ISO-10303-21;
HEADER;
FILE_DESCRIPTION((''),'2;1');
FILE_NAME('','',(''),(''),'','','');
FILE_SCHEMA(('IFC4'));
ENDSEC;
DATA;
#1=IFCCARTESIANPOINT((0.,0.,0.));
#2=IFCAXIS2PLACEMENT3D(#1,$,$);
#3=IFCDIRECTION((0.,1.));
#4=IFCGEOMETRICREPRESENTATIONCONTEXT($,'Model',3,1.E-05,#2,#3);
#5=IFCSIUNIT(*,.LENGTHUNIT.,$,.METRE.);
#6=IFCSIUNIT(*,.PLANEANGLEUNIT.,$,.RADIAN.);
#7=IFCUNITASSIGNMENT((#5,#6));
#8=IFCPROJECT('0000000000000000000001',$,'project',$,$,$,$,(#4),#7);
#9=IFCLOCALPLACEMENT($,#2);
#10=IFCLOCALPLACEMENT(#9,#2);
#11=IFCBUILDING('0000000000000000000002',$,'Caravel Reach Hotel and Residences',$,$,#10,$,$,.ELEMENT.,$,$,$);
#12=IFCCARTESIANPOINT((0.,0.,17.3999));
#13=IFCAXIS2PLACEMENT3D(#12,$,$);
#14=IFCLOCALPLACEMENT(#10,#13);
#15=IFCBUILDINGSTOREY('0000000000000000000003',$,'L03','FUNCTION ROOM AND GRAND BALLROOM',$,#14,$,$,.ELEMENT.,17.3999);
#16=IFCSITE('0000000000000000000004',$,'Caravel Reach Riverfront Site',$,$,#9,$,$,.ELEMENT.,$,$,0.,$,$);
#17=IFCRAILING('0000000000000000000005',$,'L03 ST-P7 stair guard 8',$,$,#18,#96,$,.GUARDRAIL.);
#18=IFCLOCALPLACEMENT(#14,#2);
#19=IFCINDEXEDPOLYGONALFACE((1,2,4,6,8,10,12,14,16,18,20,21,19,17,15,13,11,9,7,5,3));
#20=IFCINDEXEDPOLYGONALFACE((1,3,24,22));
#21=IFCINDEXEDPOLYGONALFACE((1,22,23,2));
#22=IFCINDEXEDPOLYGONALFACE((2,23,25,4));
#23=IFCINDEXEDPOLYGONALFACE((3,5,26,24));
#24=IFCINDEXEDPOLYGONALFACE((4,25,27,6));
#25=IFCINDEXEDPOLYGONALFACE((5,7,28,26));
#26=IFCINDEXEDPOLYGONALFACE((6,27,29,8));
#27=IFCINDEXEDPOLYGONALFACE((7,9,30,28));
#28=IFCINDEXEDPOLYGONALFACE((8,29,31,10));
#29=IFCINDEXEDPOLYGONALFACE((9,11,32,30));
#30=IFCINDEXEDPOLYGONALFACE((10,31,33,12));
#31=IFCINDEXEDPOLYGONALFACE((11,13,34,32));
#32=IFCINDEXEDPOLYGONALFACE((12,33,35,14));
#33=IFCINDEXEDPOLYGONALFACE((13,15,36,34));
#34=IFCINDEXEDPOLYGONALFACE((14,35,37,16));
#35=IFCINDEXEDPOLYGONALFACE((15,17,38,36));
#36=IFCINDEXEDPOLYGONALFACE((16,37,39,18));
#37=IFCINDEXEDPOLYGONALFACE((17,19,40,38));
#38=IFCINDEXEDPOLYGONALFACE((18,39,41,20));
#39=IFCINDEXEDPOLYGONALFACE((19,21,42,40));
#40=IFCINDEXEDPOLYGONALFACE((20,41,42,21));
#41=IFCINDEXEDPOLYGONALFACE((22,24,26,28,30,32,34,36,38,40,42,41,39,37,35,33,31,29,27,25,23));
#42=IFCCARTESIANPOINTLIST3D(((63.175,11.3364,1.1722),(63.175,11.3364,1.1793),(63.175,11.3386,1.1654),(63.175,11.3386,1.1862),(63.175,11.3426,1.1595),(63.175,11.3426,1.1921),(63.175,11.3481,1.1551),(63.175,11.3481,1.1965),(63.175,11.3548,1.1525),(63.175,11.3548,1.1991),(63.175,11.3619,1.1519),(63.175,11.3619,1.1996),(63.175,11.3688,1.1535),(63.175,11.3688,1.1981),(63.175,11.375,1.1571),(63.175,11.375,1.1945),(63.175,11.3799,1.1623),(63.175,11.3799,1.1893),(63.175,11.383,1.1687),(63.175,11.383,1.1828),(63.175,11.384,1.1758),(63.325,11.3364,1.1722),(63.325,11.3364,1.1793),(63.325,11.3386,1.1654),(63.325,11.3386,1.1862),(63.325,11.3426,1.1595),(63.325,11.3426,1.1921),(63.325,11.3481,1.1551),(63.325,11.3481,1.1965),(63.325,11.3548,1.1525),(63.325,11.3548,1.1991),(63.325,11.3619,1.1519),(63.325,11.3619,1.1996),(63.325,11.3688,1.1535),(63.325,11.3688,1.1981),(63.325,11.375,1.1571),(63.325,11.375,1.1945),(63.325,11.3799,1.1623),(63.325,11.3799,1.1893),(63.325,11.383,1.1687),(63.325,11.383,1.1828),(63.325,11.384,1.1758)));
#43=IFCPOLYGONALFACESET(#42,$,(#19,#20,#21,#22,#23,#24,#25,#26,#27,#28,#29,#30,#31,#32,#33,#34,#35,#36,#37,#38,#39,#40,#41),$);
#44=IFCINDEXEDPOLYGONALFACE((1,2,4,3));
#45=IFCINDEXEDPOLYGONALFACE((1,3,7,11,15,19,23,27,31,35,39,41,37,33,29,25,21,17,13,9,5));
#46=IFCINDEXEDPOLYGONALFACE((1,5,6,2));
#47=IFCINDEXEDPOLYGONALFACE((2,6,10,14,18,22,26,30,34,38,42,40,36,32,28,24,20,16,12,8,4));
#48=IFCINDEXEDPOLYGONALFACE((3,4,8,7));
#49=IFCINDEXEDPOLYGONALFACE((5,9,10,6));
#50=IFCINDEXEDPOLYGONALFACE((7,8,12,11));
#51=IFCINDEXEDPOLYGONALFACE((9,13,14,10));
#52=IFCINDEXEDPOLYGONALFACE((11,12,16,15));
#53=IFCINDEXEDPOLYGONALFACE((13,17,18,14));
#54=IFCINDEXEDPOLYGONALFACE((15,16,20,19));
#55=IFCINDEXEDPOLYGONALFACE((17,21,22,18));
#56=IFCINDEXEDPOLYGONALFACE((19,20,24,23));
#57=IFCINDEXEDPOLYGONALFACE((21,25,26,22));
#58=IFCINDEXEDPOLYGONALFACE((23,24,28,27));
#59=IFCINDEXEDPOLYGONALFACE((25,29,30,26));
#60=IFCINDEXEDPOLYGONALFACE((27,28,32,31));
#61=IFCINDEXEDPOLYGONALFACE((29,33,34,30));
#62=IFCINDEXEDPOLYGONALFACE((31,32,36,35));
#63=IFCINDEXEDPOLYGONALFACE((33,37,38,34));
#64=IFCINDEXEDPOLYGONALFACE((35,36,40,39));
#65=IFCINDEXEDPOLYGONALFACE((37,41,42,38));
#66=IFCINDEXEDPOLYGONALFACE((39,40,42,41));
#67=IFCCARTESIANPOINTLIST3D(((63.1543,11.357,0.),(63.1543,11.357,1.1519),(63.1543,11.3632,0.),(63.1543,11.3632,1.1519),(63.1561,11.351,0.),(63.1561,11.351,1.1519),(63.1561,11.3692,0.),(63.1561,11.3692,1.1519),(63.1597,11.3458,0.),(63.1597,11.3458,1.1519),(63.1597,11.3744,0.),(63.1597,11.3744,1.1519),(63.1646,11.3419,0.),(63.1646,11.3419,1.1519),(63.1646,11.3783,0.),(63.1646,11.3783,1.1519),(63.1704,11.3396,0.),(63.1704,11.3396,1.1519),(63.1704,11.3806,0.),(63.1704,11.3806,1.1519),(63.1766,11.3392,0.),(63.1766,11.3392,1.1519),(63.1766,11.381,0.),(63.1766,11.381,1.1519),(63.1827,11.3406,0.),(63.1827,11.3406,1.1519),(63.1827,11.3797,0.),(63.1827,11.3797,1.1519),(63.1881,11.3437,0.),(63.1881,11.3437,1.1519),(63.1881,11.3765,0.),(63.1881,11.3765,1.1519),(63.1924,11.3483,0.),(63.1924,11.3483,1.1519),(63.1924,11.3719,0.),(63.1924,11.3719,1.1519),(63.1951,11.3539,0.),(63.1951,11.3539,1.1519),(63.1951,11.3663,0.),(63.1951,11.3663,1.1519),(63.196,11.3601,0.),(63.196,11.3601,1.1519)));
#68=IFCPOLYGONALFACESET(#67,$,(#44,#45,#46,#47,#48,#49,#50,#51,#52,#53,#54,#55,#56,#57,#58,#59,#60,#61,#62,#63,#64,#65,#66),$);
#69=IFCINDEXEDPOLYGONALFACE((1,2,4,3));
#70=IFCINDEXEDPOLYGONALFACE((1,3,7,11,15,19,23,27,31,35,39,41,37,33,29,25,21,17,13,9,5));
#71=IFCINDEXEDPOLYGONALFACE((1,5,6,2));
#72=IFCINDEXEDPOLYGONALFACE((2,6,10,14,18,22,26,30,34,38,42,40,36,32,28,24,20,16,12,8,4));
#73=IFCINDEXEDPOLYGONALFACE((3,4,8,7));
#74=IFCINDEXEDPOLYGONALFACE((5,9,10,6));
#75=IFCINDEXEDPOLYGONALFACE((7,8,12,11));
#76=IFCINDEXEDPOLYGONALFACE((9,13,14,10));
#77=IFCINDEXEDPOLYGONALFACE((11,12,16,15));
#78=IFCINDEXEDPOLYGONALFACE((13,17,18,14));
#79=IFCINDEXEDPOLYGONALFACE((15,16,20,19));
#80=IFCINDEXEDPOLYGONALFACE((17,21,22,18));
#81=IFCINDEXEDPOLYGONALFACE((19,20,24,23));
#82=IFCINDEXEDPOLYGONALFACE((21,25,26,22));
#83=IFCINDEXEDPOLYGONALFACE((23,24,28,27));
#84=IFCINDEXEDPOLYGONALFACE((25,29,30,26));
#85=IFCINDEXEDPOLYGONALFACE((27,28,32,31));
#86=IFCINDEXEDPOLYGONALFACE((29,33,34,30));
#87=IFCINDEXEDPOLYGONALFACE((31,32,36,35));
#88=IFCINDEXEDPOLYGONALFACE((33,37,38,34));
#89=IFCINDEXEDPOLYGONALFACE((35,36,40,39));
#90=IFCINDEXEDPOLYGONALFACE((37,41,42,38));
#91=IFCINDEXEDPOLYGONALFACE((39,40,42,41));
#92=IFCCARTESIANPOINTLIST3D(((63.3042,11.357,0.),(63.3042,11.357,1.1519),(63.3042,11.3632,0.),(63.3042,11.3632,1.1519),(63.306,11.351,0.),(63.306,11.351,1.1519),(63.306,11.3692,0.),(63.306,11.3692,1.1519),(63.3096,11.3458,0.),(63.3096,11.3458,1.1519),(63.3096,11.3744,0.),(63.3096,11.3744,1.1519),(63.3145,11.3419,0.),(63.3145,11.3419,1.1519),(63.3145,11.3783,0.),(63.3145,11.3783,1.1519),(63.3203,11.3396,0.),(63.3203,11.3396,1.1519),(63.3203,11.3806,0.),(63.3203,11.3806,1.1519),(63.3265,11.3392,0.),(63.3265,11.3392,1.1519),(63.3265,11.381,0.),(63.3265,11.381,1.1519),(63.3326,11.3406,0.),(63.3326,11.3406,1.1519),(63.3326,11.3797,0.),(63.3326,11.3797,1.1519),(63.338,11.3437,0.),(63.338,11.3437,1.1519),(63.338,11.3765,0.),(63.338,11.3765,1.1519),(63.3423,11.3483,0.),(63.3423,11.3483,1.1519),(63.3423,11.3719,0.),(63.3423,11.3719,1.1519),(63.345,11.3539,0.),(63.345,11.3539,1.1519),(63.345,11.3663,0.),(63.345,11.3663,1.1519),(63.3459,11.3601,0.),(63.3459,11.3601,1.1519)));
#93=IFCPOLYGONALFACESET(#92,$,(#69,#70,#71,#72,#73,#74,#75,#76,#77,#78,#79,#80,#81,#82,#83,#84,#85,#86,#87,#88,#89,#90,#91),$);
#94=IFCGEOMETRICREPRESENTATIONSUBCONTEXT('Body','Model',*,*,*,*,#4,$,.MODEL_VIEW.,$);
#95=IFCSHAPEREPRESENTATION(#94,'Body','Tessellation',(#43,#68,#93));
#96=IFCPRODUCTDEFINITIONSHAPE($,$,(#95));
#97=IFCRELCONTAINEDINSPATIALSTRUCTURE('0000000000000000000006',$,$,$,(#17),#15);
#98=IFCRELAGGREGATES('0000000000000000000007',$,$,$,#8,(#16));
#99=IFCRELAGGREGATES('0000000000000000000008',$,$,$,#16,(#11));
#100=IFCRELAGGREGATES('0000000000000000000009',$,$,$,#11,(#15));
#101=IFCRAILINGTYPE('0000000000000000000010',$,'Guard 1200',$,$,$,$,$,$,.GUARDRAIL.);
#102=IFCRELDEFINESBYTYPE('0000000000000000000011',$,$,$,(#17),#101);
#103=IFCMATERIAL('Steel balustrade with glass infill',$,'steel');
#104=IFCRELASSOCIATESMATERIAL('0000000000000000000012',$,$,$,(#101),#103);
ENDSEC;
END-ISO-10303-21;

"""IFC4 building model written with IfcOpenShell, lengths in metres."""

from ifc_helpers import new_model, si_unit, direction, frame, origin, origin_2d, place, context, subcontext, project, spatial, circle, extrude, material, type_object, element, save


model = new_model("IFC4")

# Units and contexts
model_context = context("Model", 3, precision=1e-05, world=origin(), true_north=direction((0.0, 1.0)))
body_context = subcontext(model_context, "Body", "Model", "MODEL_VIEW")
ifc_project = project(units=[si_unit("LENGTHUNIT", "METRE"), si_unit("PLANEANGLEUNIT", "RADIAN")], contexts=[model_context])

# Site, building, storey
site_placement = place(None, origin())
site = spatial("IfcSite", under=ifc_project, at=site_placement, Name="Caravel Reach Riverfront Site", CompositionType="ELEMENT", RefElevation=0.0)
building_placement = place(site_placement, origin())
building = spatial("IfcBuilding", under=site, at=building_placement, Name="Caravel Reach Hotel and Residences", CompositionType="ELEMENT")
storey_placement = place(building_placement, frame((0.0, 0.0, 17.3999)))
storey = spatial("IfcBuildingStorey", under=building, at=storey_placement, Name="L03", Description="FUNCTION ROOM AND GRAND BALLROOM", CompositionType="ELEMENT", Elevation=17.3999)

# Railing
ifc_material_1 = material(Name="Steel balustrade with glass infill", Category="steel")
railing_type_1 = type_object("IfcRailingType", Name="Guard 1200", PredefinedType="GUARDRAIL", material=ifc_material_1)
railing_1_placement = place(storey_placement, frame((63.175, 11.3601, 0.0)))
element("IfcRailing", 1, at=railing_1_placement, inside=storey, type_object=railing_type_1, Name="L03 ST-P7 stair guard 8", PredefinedType="GUARDRAIL", context=body_context, shape_type="SweptSolid", body=[
    extrude(circle(Radius=0.0239, at=origin_2d()), frame((0.0, 0.0, 1.1758), z_axis=(1.0, 0.0, 0.0), x_axis=(0.0, 1.0, 0.0)), (0.0, 0.0, 1.0), 0.1499),
    extrude(circle(Radius=0.021, at=origin_2d()), origin(), (0.0, 0.0, 1.0), 1.1519),
    extrude(circle(Radius=0.021, at=origin_2d()), frame((0.1499, 0.0, 0.0)), (0.0, 0.0, 1.0), 1.1519),
])

save(model, "model.ifc")
